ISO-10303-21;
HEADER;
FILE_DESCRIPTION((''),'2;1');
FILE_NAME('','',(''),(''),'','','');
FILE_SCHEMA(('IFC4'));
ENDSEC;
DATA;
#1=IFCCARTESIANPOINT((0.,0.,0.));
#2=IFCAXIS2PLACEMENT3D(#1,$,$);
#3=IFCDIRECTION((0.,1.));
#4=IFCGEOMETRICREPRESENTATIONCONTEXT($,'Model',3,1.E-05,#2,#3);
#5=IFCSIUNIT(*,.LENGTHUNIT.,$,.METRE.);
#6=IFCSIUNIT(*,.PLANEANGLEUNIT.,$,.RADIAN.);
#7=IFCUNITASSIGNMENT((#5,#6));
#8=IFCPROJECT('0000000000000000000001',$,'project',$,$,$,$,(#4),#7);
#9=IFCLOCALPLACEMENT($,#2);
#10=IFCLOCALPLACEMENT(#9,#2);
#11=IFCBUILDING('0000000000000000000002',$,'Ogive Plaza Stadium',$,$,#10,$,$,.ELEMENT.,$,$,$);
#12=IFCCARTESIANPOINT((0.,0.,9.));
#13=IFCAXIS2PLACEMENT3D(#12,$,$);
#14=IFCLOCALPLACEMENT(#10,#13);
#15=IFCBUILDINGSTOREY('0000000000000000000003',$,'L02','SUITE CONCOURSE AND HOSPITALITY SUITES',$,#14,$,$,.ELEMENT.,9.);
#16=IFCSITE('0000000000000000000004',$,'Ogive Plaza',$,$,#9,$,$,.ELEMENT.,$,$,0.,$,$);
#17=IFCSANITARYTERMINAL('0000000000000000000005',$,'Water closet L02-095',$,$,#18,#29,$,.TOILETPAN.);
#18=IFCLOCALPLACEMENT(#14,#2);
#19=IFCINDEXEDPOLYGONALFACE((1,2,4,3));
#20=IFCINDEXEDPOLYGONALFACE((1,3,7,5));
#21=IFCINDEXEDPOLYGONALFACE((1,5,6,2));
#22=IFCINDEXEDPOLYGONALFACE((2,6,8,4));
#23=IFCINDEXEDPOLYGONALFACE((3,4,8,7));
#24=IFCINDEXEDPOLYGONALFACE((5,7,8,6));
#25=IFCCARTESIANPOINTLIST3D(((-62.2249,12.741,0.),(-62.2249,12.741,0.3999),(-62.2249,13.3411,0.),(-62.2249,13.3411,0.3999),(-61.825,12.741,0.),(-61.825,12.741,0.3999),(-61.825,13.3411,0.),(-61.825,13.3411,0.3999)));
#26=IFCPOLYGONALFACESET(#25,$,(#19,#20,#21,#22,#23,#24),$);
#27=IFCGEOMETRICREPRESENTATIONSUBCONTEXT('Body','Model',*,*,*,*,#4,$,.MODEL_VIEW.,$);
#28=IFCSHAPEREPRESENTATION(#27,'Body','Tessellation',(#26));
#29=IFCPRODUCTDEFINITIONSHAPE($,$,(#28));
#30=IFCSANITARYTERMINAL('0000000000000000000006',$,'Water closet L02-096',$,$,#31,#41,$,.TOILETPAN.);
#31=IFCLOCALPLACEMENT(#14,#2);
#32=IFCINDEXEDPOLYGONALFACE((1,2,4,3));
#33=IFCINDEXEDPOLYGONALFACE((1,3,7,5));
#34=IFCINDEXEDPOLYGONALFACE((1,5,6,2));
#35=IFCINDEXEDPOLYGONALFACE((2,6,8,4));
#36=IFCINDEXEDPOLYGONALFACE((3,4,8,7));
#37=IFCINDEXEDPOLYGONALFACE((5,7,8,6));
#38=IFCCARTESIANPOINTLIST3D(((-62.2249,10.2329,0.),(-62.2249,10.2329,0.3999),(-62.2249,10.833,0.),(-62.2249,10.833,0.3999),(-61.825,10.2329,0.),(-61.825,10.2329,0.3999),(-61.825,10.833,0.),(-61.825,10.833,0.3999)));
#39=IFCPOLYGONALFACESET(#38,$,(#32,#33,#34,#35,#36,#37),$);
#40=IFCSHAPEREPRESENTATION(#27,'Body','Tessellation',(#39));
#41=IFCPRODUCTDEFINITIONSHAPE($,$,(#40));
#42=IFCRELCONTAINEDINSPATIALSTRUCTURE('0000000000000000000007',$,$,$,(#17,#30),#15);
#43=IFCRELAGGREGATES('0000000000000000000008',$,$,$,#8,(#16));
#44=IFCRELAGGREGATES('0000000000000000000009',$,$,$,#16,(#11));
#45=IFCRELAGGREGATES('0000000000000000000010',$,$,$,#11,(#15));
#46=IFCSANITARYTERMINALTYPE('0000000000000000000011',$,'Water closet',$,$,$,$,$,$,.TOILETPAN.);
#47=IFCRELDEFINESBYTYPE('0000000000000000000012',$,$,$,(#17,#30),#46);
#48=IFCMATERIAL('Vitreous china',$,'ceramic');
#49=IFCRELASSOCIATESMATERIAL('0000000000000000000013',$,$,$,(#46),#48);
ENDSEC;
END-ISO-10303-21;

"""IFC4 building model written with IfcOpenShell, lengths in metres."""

from ifc_helpers import new_model, si_unit, direction, frame, origin, origin_2d, place, context, subcontext, project, spatial, rectangle, extrude, material, type_object, element, save


model = new_model("IFC4")

# Units and contexts
model_context = context("Model", 3, precision=1e-05, world=origin(), true_north=direction((0.0, 1.0)))
body_context = subcontext(model_context, "Body", "Model", "MODEL_VIEW")
ifc_project = project(units=[si_unit("LENGTHUNIT", "METRE"), si_unit("PLANEANGLEUNIT", "RADIAN")], contexts=[model_context])

# Site, building, storey
site_placement = place(None, origin())
site = spatial("IfcSite", under=ifc_project, at=site_placement, Name="Ogive Plaza", CompositionType="ELEMENT", RefElevation=0.0)
building_placement = place(site_placement, origin())
building = spatial("IfcBuilding", under=site, at=building_placement, Name="Ogive Plaza Stadium", CompositionType="ELEMENT")
storey_placement = place(building_placement, frame((0.0, 0.0, 9.0)))
storey = spatial("IfcBuildingStorey", under=building, at=storey_placement, Name="L02", Description="SUITE CONCOURSE AND HOSPITALITY SUITES", CompositionType="ELEMENT", Elevation=9.0)

# Sanitary terminals
ifc_material_1 = material(Name="Vitreous china", Category="ceramic")
sanitary_terminal_type_1 = type_object("IfcSanitaryTerminalType", Name="Water closet", PredefinedType="TOILETPAN", material=ifc_material_1)
for number, where, z_axis, x_axis, name in (
    (1, (-62.0249, 13.041, 0.0), (0.0, 0.0, 1.0), (-1.0, 0.0, 0.0), "Water closet L02-095"),
    (2, (-62.0249, 10.533, 0.0), (0.0, 0.0, 1.0), (-1.0, 0.0, 0.0), "Water closet L02-096"),
):
    element("IfcSanitaryTerminal", number, at=place(storey_placement, frame(where, z_axis=z_axis, x_axis=x_axis)), inside=storey, type_object=sanitary_terminal_type_1, Name=name, PredefinedType="TOILETPAN", context=body_context, shape_type="SweptSolid", body=[
        extrude(rectangle(XDim=0.3999, YDim=0.6001, at=origin_2d()), origin(), (0.0, 0.0, 1.0), 0.3999),
    ])

save(model, "model.ifc")
